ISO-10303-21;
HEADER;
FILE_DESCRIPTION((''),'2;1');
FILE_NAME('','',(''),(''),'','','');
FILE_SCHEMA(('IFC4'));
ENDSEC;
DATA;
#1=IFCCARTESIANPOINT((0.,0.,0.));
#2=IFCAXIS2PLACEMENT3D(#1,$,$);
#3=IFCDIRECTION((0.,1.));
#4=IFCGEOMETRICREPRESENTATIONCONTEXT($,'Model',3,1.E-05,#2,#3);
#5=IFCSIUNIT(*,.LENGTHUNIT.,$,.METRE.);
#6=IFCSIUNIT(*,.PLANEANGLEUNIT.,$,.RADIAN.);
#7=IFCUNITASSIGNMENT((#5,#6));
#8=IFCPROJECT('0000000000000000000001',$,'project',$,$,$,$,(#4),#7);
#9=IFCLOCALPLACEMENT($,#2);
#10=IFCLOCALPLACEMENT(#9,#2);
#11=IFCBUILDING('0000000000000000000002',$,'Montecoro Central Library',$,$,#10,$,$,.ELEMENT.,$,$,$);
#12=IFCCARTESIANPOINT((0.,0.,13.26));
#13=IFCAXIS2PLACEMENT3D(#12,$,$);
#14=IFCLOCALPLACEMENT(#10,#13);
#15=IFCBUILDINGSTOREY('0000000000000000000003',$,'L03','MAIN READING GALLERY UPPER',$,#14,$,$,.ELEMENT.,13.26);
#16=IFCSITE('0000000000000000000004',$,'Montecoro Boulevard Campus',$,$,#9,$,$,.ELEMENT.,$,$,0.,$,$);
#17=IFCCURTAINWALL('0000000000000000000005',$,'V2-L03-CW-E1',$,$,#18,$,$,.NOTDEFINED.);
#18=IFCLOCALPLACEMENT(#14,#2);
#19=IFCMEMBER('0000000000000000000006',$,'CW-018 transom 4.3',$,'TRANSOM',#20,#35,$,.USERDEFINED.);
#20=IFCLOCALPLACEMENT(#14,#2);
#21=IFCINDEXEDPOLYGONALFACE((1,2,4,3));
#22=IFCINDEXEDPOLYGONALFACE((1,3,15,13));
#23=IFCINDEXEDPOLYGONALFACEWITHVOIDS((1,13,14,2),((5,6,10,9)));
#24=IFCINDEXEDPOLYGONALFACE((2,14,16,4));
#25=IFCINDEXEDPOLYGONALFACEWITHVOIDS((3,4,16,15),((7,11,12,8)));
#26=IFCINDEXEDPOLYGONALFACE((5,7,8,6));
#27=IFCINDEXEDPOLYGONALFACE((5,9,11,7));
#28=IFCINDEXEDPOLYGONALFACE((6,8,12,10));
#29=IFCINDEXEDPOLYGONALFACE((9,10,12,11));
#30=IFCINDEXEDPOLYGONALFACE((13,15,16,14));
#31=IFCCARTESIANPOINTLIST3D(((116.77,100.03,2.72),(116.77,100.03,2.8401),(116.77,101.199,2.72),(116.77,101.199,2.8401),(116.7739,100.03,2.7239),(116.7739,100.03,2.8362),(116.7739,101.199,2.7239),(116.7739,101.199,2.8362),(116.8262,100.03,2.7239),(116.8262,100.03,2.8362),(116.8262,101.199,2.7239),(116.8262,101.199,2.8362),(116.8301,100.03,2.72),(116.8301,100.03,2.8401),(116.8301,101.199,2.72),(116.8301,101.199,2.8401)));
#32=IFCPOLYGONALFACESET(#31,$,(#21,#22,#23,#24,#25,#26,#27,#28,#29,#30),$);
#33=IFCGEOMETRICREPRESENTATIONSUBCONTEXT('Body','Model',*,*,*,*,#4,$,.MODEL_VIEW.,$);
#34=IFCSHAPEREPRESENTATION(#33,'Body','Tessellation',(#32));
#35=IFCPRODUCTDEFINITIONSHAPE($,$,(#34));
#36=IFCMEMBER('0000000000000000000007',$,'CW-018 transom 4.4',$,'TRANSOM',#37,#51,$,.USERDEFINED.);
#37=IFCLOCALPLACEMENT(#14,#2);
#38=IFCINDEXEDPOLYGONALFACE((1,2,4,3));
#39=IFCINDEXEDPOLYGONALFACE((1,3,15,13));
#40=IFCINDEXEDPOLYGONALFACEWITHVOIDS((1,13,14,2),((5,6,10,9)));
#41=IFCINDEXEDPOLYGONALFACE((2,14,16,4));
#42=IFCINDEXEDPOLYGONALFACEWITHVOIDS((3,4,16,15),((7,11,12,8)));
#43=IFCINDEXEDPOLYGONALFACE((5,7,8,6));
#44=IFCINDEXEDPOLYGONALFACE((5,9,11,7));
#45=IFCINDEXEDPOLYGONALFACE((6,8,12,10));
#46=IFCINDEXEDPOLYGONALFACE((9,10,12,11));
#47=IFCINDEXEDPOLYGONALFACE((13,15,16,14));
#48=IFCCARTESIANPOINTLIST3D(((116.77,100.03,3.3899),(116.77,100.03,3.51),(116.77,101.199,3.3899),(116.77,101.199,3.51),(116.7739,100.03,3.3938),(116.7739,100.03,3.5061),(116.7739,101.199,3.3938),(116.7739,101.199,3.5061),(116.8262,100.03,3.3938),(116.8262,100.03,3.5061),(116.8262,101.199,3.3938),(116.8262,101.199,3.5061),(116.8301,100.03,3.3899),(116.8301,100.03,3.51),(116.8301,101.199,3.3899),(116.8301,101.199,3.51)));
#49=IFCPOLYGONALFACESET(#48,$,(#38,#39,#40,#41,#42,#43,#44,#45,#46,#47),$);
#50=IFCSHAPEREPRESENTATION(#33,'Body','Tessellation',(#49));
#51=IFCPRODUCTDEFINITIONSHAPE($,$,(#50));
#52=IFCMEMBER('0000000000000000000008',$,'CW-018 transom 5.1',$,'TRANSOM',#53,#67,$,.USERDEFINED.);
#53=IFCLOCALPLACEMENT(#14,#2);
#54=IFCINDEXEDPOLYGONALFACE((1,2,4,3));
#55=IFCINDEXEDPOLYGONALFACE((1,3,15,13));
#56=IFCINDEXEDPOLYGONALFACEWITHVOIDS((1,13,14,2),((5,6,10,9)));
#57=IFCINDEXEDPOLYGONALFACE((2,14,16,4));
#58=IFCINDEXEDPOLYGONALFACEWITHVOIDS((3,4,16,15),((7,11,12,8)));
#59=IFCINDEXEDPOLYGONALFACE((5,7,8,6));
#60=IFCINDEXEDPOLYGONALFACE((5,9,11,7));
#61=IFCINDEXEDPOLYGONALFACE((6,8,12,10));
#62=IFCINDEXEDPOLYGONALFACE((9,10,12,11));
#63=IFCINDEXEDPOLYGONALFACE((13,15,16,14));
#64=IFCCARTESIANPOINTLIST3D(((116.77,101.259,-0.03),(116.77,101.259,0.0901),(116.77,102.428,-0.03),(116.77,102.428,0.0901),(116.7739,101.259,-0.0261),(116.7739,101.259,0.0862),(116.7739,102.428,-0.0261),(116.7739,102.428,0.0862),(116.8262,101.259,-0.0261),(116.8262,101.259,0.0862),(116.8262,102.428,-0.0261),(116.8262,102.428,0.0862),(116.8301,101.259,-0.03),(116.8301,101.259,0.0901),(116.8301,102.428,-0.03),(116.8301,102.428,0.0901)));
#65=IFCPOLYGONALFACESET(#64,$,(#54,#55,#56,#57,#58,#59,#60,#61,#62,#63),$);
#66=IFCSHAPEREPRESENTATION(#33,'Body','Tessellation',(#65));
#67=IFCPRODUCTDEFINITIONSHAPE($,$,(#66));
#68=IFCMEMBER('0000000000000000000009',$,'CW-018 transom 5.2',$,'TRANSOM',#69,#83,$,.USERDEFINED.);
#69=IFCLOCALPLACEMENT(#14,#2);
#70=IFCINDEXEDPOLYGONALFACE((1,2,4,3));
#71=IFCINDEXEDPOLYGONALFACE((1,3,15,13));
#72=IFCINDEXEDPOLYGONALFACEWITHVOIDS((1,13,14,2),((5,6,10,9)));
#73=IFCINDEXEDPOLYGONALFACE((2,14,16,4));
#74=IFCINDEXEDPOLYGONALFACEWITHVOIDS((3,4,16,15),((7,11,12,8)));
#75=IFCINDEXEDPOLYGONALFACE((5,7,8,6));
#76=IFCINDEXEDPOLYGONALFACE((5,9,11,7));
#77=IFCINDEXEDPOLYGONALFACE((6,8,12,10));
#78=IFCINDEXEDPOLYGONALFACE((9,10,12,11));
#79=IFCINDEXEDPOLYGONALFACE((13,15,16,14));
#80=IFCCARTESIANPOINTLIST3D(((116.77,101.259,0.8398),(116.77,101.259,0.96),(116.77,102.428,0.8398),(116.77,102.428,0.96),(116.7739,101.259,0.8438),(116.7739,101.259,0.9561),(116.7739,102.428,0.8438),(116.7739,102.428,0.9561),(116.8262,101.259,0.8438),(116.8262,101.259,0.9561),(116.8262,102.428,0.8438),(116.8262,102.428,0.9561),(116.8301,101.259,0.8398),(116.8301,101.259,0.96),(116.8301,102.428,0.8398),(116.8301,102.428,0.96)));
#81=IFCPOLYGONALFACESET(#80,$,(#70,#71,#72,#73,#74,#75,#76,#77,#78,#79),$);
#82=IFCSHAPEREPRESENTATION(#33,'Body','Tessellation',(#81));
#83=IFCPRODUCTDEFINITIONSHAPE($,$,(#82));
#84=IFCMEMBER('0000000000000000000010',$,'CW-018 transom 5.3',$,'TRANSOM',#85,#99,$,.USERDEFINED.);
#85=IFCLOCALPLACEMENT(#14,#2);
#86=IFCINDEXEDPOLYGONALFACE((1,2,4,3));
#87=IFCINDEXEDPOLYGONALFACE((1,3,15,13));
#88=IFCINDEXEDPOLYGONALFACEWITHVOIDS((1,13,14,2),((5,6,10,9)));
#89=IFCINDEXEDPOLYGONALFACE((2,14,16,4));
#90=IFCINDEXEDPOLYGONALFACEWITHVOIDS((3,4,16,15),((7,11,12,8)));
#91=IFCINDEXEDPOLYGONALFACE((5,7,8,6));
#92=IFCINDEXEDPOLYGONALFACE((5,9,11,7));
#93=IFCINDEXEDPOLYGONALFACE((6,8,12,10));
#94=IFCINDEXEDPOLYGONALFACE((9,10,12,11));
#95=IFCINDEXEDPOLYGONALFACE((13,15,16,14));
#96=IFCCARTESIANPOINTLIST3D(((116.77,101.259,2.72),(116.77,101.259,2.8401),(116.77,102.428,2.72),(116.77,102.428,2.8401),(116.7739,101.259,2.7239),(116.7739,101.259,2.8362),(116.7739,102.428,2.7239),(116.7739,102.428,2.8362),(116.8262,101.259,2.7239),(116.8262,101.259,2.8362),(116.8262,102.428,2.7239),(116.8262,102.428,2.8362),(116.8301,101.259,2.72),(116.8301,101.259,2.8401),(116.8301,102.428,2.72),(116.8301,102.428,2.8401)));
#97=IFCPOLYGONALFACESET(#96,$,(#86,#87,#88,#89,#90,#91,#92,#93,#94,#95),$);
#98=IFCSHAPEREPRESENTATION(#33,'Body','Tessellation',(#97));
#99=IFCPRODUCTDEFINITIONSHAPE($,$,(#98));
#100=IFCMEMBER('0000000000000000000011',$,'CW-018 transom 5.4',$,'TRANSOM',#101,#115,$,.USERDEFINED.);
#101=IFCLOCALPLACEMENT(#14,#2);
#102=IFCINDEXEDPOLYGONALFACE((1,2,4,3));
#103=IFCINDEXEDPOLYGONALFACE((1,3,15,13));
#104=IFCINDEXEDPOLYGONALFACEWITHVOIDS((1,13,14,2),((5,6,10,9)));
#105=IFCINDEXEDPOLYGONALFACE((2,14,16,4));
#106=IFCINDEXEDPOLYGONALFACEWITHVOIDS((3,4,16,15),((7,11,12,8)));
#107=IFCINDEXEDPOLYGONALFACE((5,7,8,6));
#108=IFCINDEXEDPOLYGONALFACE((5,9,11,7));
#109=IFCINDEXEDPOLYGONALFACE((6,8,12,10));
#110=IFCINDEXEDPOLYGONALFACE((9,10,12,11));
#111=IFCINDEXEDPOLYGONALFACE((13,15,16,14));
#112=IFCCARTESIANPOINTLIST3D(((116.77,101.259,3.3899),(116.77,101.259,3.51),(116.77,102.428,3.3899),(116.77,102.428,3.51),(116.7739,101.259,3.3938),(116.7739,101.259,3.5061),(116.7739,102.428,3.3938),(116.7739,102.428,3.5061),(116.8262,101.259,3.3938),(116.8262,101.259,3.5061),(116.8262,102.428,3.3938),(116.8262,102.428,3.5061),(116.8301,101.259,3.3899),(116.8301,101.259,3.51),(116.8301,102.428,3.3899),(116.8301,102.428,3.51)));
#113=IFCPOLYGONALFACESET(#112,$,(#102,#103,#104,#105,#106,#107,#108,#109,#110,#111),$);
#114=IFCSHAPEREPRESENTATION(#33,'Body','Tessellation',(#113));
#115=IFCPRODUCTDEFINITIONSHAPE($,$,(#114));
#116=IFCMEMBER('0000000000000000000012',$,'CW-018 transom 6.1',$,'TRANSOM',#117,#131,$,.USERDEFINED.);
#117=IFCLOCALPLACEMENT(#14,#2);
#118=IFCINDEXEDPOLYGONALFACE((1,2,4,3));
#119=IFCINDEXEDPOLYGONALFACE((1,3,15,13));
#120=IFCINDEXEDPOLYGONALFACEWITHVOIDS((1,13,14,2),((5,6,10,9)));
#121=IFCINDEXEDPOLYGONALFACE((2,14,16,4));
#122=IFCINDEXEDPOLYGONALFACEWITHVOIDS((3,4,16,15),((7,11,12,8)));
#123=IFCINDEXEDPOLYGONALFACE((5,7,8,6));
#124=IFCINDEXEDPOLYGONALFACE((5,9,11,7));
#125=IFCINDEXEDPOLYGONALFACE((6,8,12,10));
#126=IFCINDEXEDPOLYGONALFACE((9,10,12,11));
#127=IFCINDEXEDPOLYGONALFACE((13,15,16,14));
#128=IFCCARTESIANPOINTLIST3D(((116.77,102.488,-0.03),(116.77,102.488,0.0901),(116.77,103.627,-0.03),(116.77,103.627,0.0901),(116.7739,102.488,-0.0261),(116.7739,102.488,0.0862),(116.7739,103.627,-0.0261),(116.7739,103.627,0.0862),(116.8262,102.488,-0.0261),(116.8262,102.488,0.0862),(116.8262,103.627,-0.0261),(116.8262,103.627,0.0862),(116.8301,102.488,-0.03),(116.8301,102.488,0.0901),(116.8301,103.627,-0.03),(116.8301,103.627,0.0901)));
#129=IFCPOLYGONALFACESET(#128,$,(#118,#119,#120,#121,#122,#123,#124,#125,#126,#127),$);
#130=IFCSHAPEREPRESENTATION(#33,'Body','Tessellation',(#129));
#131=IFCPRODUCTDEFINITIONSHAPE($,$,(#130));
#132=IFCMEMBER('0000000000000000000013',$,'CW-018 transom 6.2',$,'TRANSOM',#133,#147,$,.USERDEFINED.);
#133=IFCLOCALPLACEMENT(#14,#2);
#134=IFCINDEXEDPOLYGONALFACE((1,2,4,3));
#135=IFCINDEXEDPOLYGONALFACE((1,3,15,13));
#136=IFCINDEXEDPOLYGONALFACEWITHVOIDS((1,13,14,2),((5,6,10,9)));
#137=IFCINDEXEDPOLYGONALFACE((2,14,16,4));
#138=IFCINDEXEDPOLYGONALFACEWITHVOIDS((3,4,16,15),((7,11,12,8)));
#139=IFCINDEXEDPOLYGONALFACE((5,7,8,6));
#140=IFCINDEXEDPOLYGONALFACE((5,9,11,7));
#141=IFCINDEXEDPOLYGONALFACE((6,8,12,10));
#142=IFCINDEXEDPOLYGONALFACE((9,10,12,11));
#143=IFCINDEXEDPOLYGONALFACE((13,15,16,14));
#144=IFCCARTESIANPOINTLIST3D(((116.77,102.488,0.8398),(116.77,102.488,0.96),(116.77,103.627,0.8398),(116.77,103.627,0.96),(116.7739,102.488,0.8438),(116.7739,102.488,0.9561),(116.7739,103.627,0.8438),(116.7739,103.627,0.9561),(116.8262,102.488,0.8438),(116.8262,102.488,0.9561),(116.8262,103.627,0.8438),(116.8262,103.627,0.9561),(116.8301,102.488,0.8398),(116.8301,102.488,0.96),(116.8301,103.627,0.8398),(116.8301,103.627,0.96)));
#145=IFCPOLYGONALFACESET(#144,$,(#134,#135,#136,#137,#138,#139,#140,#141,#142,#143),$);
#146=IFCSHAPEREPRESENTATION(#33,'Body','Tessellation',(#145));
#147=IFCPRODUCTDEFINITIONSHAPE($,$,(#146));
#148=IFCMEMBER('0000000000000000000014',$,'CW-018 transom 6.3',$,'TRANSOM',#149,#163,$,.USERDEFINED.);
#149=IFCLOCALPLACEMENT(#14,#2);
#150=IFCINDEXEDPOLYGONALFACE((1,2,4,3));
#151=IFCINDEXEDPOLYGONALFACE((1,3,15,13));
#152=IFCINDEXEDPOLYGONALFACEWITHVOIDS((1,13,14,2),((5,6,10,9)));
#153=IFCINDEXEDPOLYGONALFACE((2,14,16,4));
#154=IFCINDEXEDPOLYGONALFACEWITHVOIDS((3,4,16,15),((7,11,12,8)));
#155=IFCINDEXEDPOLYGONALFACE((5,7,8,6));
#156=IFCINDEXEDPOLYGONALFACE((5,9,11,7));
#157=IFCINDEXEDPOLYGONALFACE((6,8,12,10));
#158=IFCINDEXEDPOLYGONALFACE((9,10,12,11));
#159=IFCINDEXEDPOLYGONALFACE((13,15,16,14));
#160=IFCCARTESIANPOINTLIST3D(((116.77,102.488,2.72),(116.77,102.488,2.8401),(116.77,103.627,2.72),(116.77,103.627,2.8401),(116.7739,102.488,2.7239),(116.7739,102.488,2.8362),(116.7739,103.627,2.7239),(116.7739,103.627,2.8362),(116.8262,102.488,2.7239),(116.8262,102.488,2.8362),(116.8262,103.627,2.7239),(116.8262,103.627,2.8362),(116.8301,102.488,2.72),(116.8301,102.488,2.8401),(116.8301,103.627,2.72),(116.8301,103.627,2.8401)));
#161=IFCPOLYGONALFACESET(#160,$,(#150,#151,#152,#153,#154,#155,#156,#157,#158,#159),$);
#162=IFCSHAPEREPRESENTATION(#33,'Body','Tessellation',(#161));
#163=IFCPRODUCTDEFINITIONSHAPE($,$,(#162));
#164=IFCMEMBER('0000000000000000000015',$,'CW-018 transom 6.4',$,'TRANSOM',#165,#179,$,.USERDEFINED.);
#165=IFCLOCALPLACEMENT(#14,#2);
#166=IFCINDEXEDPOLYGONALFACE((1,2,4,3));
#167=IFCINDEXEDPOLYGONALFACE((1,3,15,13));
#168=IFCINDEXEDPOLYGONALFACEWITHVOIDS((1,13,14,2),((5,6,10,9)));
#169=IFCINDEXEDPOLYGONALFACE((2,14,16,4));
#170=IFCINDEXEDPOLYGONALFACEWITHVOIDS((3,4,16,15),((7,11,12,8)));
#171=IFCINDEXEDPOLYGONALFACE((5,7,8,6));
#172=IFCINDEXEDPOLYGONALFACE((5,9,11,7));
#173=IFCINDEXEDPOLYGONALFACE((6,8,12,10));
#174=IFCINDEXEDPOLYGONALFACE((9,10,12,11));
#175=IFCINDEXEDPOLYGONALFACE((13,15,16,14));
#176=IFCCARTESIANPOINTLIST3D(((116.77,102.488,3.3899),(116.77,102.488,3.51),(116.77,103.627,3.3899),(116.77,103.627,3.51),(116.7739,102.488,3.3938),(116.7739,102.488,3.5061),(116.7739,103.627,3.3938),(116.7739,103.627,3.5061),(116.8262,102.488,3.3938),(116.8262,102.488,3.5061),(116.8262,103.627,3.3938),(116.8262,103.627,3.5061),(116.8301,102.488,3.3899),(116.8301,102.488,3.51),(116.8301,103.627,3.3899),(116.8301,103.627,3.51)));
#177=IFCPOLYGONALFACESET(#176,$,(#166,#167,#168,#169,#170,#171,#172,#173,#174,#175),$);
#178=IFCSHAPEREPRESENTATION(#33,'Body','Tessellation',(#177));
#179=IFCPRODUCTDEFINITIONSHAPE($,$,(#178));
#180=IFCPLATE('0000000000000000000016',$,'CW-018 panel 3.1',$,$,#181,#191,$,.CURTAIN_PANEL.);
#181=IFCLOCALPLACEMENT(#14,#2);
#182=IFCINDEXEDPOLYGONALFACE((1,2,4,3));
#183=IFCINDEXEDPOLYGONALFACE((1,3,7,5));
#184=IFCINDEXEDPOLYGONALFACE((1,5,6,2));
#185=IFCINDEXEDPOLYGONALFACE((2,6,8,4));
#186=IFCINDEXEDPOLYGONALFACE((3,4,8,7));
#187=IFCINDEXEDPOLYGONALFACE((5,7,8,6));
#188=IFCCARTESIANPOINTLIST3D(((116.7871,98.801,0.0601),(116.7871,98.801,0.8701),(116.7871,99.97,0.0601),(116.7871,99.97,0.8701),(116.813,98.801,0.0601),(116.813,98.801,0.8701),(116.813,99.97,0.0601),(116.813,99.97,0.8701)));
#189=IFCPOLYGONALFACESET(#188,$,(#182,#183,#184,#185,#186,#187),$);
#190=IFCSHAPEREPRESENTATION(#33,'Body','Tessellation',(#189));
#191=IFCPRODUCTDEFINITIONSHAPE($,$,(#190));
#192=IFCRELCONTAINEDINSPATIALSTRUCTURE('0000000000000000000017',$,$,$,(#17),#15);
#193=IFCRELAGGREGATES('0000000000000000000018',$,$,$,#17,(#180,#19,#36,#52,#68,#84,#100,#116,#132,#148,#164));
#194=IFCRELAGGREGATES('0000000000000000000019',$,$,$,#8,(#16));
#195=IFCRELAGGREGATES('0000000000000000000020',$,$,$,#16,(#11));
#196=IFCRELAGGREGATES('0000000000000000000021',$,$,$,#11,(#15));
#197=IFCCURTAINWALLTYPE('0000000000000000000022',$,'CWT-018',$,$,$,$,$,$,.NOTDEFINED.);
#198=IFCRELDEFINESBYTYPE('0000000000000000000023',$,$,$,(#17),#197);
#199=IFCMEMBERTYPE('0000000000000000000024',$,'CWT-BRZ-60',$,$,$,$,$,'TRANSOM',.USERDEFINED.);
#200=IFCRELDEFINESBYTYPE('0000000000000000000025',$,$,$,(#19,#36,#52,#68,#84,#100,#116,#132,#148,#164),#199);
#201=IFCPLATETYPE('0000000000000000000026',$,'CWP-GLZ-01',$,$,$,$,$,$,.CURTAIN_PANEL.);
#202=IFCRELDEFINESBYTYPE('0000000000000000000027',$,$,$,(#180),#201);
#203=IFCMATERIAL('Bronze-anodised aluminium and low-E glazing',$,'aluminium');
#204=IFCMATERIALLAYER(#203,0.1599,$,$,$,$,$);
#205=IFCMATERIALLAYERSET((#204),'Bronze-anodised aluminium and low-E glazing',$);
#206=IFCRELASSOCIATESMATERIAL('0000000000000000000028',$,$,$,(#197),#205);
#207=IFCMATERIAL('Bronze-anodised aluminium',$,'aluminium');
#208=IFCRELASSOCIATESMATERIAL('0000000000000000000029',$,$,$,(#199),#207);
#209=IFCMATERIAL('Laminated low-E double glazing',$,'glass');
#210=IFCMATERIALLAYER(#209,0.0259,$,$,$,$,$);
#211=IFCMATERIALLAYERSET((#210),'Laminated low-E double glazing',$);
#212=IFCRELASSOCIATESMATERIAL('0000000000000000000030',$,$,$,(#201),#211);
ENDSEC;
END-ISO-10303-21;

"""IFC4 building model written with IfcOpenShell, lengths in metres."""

from ifc_helpers import new_model, si_unit, direction, frame, origin, origin_2d, place, context, subcontext, project, spatial, rectangle, hollow_rectangle, extrude, material, layer, layer_set, material_profile, profile_set, type_object, element, aggregate, save


model = new_model("IFC4")

# Units and contexts
model_context = context("Model", 3, precision=1e-05, world=origin(), true_north=direction((0.0, 1.0)))
body_context = subcontext(model_context, "Body", "Model", "MODEL_VIEW")
ifc_project = project(units=[si_unit("LENGTHUNIT", "METRE"), si_unit("PLANEANGLEUNIT", "RADIAN")], contexts=[model_context])

# Site, building, storey
site_placement = place(None, origin())
site = spatial("IfcSite", under=ifc_project, at=site_placement, Name="Montecoro Boulevard Campus", CompositionType="ELEMENT", RefElevation=0.0)
building_placement = place(site_placement, origin())
building = spatial("IfcBuilding", under=site, at=building_placement, Name="Montecoro Central Library", CompositionType="ELEMENT")
storey_placement = place(building_placement, frame((0.0, 0.0, 13.26)))
storey = spatial("IfcBuildingStorey", under=building, at=storey_placement, Name="L03", Description="MAIN READING GALLERY UPPER", CompositionType="ELEMENT", Elevation=13.26)

# Curtain wall, members, plate
ifc_material_1 = material(Name="Bronze-anodised aluminium and low-E glazing", Category="aluminium")
ifc_layer_1 = layer(ifc_material_1, 0.1599)
ifc_layer_set_1 = layer_set([ifc_layer_1], Name="Bronze-anodised aluminium and low-E glazing")
curtain_wall_type = type_object("IfcCurtainWallType", Name="CWT-018", PredefinedType="NOTDEFINED", material=ifc_layer_set_1)
curtain_wall_placement = place(storey_placement, origin())
curtain_wall = element("IfcCurtainWall", 1, at=curtain_wall_placement, inside=storey, type_object=curtain_wall_type, Name="V2-L03-CW-E1", PredefinedType="NOTDEFINED")
ifc_material_2 = material(Name="Bronze-anodised aluminium", Category="aluminium")
ifc_material_profile_1 = material_profile(ifc_material_2, hollow_rectangle(XDim=0.0601, YDim=0.1201, WallThickness=0.0039, at=origin_2d()), Name="CWT 120x60x4.0")
ifc_profile_set_1 = profile_set([ifc_material_profile_1], Name="Bronze-anodised aluminium")
member_type_1 = type_object("IfcMemberType", Name="CWT-BRZ-60", ElementType="TRANSOM", PredefinedType="USERDEFINED", material=ifc_profile_set_1)
member_1_placement = place(storey_placement, frame((116.8, 100.03, 2.78), z_axis=(0.0, 1.0, 0.0), x_axis=(-1.0, 0.0, 0.0)))
member_1 = element("IfcMember", 2, at=member_1_placement, type_object=member_type_1, Name="CW-018 transom 4.3", ObjectType="TRANSOM", PredefinedType="USERDEFINED", context=body_context, shape_type="SweptSolid", body=[
    extrude(hollow_rectangle(XDim=0.0601, YDim=0.1201, WallThickness=0.0039, at=origin_2d()), origin(), (0.0, 0.0, 1.0), 1.1689),
])
member_2_placement = place(storey_placement, frame((116.8, 100.03, 3.45), z_axis=(0.0, 1.0, 0.0), x_axis=(-1.0, 0.0, 0.0)))
member_2 = element("IfcMember", 3, at=member_2_placement, type_object=member_type_1, Name="CW-018 transom 4.4", ObjectType="TRANSOM", PredefinedType="USERDEFINED", context=body_context, shape_type="SweptSolid", body=[
    extrude(hollow_rectangle(XDim=0.0601, YDim=0.1201, WallThickness=0.0039, at=origin_2d()), origin(), (0.0, 0.0, 1.0), 1.1689),
])
member_3_placement = place(storey_placement, frame((116.8, 101.259, 0.03), z_axis=(0.0, 1.0, 0.0), x_axis=(-1.0, 0.0, 0.0)))
member_3 = element("IfcMember", 4, at=member_3_placement, type_object=member_type_1, Name="CW-018 transom 5.1", ObjectType="TRANSOM", PredefinedType="USERDEFINED", context=body_context, shape_type="SweptSolid", body=[
    extrude(hollow_rectangle(XDim=0.0601, YDim=0.1201, WallThickness=0.0039, at=origin_2d()), origin(), (0.0, 0.0, 1.0), 1.1689),
])
member_4_placement = place(storey_placement, frame((116.8, 101.259, 0.8999), z_axis=(0.0, 1.0, 0.0), x_axis=(-1.0, 0.0, 0.0)))
member_4 = element("IfcMember", 5, at=member_4_placement, type_object=member_type_1, Name="CW-018 transom 5.2", ObjectType="TRANSOM", PredefinedType="USERDEFINED", context=body_context, shape_type="SweptSolid", body=[
    extrude(hollow_rectangle(XDim=0.0601, YDim=0.1201, WallThickness=0.0039, at=origin_2d()), origin(), (0.0, 0.0, 1.0), 1.1689),
])
member_5_placement = place(storey_placement, frame((116.8, 101.259, 2.78), z_axis=(0.0, 1.0, 0.0), x_axis=(-1.0, 0.0, 0.0)))
member_5 = element("IfcMember", 6, at=member_5_placement, type_object=member_type_1, Name="CW-018 transom 5.3", ObjectType="TRANSOM", PredefinedType="USERDEFINED", context=body_context, shape_type="SweptSolid", body=[
    extrude(hollow_rectangle(XDim=0.0601, YDim=0.1201, WallThickness=0.0039, at=origin_2d()), origin(), (0.0, 0.0, 1.0), 1.1689),
])
member_6_placement = place(storey_placement, frame((116.8, 101.259, 3.45), z_axis=(0.0, 1.0, 0.0), x_axis=(-1.0, 0.0, 0.0)))
member_6 = element("IfcMember", 7, at=member_6_placement, type_object=member_type_1, Name="CW-018 transom 5.4", ObjectType="TRANSOM", PredefinedType="USERDEFINED", context=body_context, shape_type="SweptSolid", body=[
    extrude(hollow_rectangle(XDim=0.0601, YDim=0.1201, WallThickness=0.0039, at=origin_2d()), origin(), (0.0, 0.0, 1.0), 1.1689),
])
member_7_placement = place(storey_placement, frame((116.8, 102.488, 0.03), z_axis=(0.0, 1.0, 0.0), x_axis=(-1.0, 0.0, 0.0)))
member_7 = element("IfcMember", 8, at=member_7_placement, type_object=member_type_1, Name="CW-018 transom 6.1", ObjectType="TRANSOM", PredefinedType="USERDEFINED", context=body_context, shape_type="SweptSolid", body=[
    extrude(hollow_rectangle(XDim=0.0601, YDim=0.1201, WallThickness=0.0039, at=origin_2d()), origin(), (0.0, 0.0, 1.0), 1.1389),
])
member_8_placement = place(storey_placement, frame((116.8, 102.488, 0.8999), z_axis=(0.0, 1.0, 0.0), x_axis=(-1.0, 0.0, 0.0)))
member_8 = element("IfcMember", 9, at=member_8_placement, type_object=member_type_1, Name="CW-018 transom 6.2", ObjectType="TRANSOM", PredefinedType="USERDEFINED", context=body_context, shape_type="SweptSolid", body=[
    extrude(hollow_rectangle(XDim=0.0601, YDim=0.1201, WallThickness=0.0039, at=origin_2d()), origin(), (0.0, 0.0, 1.0), 1.1389),
])
member_9_placement = place(storey_placement, frame((116.8, 102.488, 2.78), z_axis=(0.0, 1.0, 0.0), x_axis=(-1.0, 0.0, 0.0)))
member_9 = element("IfcMember", 10, at=member_9_placement, type_object=member_type_1, Name="CW-018 transom 6.3", ObjectType="TRANSOM", PredefinedType="USERDEFINED", context=body_context, shape_type="SweptSolid", body=[
    extrude(hollow_rectangle(XDim=0.0601, YDim=0.1201, WallThickness=0.0039, at=origin_2d()), origin(), (0.0, 0.0, 1.0), 1.1389),
])
member_10_placement = place(storey_placement, frame((116.8, 102.488, 3.45), z_axis=(0.0, 1.0, 0.0), x_axis=(-1.0, 0.0, 0.0)))
member_10 = element("IfcMember", 11, at=member_10_placement, type_object=member_type_1, Name="CW-018 transom 6.4", ObjectType="TRANSOM", PredefinedType="USERDEFINED", context=body_context, shape_type="SweptSolid", body=[
    extrude(hollow_rectangle(XDim=0.0601, YDim=0.1201, WallThickness=0.0039, at=origin_2d()), origin(), (0.0, 0.0, 1.0), 1.1389),
])
ifc_material_3 = material(Name="Laminated low-E double glazing", Category="glass")
ifc_layer_2 = layer(ifc_material_3, 0.0259)
ifc_layer_set_2 = layer_set([ifc_layer_2], Name="Laminated low-E double glazing")
plate_type = type_object("IfcPlateType", Name="CWP-GLZ-01", PredefinedType="CURTAIN_PANEL", material=ifc_layer_set_2)
plate_1_placement = place(storey_placement, frame((116.8, 99.3855, 0.0601), z_axis=(0.0, 0.0, 1.0), x_axis=(0.0, 1.0, 0.0)))
plate_1 = element("IfcPlate", 12, at=plate_1_placement, type_object=plate_type, Name="CW-018 panel 3.1", PredefinedType="CURTAIN_PANEL", context=body_context, shape_type="SweptSolid", body=[
    extrude(rectangle(XDim=1.1689, YDim=0.0259, at=origin_2d()), origin(), (0.0, 0.0, 1.0), 0.8101),
])
aggregate(curtain_wall, [plate_1, member_1, member_2, member_3, member_4, member_5, member_6, member_7, member_8, member_9, member_10])

save(model, "model.ifc")
